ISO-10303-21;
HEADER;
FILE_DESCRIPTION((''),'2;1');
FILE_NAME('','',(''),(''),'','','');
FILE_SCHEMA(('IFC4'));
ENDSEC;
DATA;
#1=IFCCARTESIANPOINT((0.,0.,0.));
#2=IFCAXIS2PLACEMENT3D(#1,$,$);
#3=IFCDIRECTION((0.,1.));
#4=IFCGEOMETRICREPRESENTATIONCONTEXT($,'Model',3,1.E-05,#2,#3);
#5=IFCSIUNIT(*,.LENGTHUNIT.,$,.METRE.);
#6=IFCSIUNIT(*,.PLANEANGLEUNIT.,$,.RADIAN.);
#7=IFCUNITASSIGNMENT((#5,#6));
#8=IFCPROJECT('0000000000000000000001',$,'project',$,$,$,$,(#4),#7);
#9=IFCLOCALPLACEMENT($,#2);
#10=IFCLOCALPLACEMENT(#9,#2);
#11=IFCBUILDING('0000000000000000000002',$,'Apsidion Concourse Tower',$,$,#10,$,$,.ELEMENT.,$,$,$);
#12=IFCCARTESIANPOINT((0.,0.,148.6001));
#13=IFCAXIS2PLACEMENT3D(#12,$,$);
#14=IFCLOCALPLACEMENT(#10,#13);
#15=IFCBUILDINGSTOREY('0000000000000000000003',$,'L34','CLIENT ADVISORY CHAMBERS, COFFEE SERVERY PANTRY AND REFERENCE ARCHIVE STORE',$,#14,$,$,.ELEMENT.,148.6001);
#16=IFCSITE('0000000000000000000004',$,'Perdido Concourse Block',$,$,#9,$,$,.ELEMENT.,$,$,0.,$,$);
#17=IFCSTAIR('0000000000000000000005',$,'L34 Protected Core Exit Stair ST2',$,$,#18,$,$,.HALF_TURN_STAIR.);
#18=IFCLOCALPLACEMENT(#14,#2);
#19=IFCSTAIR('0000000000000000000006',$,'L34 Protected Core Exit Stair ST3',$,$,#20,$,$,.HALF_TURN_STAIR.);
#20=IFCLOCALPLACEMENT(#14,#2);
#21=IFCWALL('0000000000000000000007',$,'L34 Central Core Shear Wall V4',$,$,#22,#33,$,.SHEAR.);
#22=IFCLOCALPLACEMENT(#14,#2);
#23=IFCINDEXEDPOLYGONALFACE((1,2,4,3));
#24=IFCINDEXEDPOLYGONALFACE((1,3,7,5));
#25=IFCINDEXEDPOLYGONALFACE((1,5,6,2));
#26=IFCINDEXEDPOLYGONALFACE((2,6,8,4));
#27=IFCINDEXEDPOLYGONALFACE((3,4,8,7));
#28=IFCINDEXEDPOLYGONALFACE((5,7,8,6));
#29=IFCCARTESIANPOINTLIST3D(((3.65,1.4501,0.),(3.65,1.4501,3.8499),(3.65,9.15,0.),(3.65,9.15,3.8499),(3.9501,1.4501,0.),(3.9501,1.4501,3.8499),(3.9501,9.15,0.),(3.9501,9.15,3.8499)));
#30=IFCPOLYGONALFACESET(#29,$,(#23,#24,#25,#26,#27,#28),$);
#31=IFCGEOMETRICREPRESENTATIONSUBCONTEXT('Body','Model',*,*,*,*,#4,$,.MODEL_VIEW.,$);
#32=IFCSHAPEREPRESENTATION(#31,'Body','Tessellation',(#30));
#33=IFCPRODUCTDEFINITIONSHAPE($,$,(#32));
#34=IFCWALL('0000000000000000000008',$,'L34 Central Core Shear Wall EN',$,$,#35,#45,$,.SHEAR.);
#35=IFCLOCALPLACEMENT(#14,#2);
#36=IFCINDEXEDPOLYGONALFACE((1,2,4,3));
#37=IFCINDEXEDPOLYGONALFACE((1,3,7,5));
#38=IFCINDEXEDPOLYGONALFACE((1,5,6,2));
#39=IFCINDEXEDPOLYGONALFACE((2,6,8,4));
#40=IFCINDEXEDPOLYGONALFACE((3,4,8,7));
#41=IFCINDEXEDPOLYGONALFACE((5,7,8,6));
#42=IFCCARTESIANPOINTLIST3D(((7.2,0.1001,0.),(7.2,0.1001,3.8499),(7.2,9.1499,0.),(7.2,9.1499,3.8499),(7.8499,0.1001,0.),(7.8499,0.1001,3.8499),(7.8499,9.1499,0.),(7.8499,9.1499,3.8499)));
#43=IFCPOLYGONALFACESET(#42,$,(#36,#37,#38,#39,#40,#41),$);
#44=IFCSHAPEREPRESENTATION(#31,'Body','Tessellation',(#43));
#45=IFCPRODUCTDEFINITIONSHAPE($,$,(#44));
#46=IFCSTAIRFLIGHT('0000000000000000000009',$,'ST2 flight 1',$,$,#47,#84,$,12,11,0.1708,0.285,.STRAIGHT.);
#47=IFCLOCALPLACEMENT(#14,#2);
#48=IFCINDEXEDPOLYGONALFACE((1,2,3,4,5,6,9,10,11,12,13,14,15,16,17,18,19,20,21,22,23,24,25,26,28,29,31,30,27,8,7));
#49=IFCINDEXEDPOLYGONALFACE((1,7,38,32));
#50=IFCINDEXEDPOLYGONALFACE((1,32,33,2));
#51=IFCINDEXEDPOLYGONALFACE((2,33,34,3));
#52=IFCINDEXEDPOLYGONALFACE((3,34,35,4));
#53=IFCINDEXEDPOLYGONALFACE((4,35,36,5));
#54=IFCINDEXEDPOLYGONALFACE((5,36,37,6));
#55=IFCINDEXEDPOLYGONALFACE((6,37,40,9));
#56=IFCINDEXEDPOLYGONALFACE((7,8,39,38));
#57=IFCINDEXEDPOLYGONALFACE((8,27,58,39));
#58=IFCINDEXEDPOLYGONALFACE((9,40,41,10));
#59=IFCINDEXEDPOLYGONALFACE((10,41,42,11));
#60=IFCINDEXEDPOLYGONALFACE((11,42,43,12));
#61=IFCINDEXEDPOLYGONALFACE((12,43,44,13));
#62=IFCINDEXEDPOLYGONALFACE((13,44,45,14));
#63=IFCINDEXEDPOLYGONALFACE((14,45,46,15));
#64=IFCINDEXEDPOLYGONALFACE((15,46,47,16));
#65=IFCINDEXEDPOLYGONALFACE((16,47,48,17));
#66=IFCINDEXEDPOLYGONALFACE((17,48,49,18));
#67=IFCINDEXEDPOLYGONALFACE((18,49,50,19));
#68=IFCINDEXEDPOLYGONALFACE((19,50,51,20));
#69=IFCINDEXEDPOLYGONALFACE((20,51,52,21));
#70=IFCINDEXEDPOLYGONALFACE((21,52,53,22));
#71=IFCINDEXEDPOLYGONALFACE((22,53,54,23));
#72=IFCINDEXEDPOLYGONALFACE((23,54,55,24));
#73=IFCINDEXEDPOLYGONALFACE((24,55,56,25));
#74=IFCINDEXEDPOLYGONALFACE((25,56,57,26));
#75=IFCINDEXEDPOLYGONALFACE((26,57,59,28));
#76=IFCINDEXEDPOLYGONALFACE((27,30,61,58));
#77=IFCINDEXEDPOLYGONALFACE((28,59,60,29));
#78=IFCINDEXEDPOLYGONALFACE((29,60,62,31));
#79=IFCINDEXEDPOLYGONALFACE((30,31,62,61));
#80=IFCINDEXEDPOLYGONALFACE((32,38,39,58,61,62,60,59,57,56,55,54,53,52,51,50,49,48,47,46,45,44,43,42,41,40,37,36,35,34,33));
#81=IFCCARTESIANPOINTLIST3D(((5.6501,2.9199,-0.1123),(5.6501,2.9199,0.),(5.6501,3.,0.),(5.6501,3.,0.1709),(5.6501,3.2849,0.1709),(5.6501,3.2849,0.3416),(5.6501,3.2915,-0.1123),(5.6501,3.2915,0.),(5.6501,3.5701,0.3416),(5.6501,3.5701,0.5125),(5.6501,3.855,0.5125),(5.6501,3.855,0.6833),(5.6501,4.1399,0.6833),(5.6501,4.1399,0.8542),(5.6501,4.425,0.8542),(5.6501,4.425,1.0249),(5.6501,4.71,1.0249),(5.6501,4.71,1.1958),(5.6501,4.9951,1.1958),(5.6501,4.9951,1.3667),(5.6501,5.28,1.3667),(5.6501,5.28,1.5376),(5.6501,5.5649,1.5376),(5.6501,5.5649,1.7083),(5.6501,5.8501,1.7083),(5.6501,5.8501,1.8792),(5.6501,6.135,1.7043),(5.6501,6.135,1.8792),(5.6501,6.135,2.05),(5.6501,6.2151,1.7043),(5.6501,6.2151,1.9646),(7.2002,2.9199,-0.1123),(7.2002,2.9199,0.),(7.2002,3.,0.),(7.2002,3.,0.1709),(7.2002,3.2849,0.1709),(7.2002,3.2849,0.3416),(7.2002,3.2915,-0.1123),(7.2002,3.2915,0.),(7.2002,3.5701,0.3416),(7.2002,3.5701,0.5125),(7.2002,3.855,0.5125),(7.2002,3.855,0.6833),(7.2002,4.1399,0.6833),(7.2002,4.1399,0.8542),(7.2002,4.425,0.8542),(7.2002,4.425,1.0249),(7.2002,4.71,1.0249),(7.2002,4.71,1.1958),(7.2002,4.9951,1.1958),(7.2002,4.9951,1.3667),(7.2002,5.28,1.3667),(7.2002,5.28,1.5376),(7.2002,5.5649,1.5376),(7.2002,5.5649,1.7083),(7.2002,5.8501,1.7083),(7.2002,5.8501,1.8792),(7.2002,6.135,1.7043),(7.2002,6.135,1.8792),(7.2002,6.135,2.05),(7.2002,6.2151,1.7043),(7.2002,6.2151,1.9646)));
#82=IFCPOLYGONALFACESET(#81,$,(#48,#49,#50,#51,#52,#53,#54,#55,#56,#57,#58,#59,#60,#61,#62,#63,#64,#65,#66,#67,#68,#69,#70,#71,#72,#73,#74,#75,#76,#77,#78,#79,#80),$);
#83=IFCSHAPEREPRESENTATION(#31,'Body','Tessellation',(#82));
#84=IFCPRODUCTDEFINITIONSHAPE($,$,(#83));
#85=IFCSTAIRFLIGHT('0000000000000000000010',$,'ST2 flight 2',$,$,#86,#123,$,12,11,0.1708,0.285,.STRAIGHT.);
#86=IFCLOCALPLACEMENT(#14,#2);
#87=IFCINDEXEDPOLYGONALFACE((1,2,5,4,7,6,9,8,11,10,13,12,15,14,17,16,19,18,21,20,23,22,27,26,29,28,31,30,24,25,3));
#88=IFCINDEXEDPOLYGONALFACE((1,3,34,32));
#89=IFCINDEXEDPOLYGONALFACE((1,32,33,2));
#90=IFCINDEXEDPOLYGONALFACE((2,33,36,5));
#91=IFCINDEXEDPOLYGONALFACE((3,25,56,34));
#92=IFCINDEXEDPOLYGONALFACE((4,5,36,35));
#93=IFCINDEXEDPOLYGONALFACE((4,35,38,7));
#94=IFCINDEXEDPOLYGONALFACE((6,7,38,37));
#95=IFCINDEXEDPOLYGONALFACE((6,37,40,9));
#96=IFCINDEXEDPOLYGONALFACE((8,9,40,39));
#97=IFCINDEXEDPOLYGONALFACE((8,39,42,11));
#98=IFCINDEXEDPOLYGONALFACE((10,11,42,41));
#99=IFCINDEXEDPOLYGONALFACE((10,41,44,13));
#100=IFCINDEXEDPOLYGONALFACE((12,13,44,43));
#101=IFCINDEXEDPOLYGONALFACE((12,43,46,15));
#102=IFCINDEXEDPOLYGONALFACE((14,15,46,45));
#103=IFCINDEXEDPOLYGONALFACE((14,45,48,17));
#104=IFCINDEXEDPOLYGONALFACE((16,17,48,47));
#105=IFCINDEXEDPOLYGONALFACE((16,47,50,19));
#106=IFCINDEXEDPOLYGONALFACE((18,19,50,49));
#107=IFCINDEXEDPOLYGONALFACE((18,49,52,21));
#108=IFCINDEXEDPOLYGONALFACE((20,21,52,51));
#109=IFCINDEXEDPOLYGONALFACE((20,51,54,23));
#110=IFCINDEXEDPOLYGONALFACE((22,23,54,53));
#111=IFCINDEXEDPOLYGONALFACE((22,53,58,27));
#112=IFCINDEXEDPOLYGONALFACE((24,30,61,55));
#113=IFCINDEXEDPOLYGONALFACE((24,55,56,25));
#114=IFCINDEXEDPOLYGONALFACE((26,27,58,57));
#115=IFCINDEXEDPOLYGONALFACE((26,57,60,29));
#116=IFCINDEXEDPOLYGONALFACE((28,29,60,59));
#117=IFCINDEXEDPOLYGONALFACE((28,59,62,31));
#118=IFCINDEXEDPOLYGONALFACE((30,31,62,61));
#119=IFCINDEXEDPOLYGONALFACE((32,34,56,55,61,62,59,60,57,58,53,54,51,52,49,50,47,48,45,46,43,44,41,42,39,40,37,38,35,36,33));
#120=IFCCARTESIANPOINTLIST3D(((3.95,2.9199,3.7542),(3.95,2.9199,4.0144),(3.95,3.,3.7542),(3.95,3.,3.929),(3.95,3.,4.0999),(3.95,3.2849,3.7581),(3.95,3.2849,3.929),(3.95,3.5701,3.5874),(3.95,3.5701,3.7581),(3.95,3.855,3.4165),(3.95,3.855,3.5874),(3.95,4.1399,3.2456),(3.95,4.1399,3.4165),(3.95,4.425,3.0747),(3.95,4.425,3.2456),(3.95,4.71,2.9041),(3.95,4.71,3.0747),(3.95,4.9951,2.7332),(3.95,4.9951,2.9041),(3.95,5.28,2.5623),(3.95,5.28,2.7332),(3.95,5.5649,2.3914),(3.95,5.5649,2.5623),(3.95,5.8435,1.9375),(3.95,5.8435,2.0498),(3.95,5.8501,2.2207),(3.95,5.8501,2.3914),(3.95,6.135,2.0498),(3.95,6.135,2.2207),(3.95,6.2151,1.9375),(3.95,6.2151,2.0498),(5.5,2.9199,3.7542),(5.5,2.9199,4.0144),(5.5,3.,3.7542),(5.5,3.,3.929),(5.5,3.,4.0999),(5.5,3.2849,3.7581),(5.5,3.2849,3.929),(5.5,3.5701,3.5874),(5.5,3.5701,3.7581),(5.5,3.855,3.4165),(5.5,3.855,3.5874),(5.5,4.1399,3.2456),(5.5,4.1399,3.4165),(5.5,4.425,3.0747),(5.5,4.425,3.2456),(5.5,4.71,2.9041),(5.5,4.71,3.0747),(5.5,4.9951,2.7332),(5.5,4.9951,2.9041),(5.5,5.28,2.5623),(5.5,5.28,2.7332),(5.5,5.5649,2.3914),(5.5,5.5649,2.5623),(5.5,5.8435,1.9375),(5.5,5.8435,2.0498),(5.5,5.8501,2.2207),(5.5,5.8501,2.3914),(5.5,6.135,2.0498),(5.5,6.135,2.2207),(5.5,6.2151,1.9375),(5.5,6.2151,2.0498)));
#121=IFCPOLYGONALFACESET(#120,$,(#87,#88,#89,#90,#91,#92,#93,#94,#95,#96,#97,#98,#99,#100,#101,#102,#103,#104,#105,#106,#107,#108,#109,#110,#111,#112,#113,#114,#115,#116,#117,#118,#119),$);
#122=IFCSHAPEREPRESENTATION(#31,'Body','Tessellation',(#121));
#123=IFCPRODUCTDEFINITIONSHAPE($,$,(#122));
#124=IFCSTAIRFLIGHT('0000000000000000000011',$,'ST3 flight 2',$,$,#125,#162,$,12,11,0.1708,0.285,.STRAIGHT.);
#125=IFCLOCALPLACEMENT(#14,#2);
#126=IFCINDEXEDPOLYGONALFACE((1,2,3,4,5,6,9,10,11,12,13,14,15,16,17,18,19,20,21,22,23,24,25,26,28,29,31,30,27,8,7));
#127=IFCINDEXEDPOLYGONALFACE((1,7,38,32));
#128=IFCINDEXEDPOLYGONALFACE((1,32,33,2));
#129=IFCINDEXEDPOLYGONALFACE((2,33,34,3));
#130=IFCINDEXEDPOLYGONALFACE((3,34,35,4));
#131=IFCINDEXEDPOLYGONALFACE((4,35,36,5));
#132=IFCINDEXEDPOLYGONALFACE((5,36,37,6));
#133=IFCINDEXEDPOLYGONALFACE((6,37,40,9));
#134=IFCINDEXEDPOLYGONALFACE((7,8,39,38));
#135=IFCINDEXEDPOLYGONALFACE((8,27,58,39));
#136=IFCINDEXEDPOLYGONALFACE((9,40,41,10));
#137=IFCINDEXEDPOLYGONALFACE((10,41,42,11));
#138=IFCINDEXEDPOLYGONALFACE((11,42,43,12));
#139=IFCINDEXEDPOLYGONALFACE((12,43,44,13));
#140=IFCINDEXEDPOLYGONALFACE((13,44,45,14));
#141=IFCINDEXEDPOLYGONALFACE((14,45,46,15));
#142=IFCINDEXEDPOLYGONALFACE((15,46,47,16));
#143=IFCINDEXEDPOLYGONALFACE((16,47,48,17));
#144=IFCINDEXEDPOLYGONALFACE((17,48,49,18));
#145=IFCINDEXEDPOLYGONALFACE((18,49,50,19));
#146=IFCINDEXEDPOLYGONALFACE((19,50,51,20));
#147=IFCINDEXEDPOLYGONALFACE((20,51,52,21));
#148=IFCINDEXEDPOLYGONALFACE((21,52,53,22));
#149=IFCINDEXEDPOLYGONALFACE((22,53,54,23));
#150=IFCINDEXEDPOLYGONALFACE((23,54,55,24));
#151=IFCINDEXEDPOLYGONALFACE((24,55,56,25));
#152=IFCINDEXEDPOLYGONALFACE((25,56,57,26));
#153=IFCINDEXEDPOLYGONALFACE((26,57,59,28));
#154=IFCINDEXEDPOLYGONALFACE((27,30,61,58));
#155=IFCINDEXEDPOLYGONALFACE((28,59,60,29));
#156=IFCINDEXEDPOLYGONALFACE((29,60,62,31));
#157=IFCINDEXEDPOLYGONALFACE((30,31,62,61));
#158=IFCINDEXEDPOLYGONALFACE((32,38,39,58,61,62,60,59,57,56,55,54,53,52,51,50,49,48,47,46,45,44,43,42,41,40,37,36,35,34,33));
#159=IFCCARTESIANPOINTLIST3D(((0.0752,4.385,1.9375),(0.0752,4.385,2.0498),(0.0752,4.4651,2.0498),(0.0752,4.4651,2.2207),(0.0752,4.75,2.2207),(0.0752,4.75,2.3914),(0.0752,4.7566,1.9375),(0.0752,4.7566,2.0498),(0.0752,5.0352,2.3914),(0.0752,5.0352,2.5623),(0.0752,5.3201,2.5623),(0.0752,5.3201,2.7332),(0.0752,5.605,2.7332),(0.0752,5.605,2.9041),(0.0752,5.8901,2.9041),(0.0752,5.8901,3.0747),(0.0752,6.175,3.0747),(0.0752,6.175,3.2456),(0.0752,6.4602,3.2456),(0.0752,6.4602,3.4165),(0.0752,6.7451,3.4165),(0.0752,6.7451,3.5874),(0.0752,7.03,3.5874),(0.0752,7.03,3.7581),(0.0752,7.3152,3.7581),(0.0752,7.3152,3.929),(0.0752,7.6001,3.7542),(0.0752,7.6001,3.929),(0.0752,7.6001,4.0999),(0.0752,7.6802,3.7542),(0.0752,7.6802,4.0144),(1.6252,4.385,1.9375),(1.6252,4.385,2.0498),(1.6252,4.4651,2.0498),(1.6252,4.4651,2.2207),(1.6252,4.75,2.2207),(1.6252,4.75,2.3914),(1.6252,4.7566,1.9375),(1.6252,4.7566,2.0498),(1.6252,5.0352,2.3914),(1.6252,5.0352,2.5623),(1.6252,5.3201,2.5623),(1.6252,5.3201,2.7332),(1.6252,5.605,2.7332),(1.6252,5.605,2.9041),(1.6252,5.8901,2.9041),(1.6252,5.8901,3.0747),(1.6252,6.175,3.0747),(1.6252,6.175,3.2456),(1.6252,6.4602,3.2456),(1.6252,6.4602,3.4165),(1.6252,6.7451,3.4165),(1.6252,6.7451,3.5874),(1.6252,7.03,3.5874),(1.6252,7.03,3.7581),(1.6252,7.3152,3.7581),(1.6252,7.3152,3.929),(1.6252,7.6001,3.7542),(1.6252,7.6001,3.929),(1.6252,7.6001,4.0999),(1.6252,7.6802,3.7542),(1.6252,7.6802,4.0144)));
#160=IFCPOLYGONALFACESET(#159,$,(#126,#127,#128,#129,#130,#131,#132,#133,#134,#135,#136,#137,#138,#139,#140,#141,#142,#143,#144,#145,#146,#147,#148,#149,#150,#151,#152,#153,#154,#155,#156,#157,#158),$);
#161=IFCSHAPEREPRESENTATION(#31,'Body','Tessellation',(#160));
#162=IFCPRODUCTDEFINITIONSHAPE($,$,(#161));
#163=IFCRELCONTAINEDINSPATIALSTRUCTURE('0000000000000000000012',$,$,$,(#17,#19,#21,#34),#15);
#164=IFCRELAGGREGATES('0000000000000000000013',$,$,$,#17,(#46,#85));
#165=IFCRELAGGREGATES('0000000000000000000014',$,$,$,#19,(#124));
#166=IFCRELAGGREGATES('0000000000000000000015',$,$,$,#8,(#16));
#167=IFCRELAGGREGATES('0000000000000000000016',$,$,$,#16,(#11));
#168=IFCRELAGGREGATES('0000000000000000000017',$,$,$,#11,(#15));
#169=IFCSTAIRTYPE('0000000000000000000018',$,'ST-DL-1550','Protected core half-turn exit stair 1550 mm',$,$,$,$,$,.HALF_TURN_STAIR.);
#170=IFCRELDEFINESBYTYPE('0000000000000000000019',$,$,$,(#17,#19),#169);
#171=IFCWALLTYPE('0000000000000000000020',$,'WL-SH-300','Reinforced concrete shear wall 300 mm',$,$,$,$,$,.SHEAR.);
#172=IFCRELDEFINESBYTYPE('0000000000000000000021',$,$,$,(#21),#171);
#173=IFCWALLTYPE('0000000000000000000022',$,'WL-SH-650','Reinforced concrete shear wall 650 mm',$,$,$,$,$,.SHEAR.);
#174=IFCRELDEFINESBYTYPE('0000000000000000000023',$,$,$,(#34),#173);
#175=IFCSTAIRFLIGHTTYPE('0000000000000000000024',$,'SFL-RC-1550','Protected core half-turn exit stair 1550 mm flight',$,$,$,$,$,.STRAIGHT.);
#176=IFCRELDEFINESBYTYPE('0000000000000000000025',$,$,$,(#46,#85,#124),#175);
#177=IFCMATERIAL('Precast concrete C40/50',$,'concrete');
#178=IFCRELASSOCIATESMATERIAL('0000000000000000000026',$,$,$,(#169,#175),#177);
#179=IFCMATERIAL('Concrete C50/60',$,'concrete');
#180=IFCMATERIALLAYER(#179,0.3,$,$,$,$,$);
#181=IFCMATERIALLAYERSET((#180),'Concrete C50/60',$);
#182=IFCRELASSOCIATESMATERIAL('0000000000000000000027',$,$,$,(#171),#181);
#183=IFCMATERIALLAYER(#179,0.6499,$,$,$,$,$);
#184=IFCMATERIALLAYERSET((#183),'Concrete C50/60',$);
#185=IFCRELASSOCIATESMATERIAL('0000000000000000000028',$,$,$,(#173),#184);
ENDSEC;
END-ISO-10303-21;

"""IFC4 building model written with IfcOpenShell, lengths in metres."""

from ifc_helpers import new_model, si_unit, direction, frame, frame_2d, origin, place, context, subcontext, project, spatial, polyline, rectangle, outline, extrude, material, layer, layer_set, type_object, element, aggregate, save


model = new_model("IFC4")

# Units and contexts
model_context = context("Model", 3, precision=1e-05, world=origin(), true_north=direction((0.0, 1.0)))
body_context = subcontext(model_context, "Body", "Model", "MODEL_VIEW")
ifc_project = project(units=[si_unit("LENGTHUNIT", "METRE"), si_unit("PLANEANGLEUNIT", "RADIAN")], contexts=[model_context])

# Site, building, storey
site_placement = place(None, origin())
site = spatial("IfcSite", under=ifc_project, at=site_placement, Name="Perdido Concourse Block", CompositionType="ELEMENT", RefElevation=0.0)
building_placement = place(site_placement, origin())
building = spatial("IfcBuilding", under=site, at=building_placement, Name="Apsidion Concourse Tower", CompositionType="ELEMENT")
storey_placement = place(building_placement, frame((0.0, 0.0, 148.6001)))
storey = spatial("IfcBuildingStorey", under=building, at=storey_placement, Name="L34", Description="CLIENT ADVISORY CHAMBERS, COFFEE SERVERY PANTRY AND REFERENCE ARCHIVE STORE", CompositionType="ELEMENT", Elevation=148.6001)

# Shared definitions
ifc_material_1 = material(Name="Concrete C50/60", Category="concrete")

# Stairs
ifc_material_2 = material(Name="Precast concrete C40/50", Category="concrete")
stair_type = type_object("IfcStairType", Name="ST-DL-1550", Description="Protected core half-turn exit stair 1550 mm", PredefinedType="HALF_TURN_STAIR", material=ifc_material_2)
stair_1_placement = place(storey_placement, origin())
stair_1 = element("IfcStair", 1, at=stair_1_placement, inside=storey, type_object=stair_type, Name="L34 Protected Core Exit Stair ST2", PredefinedType="HALF_TURN_STAIR")
stair_2_placement = place(storey_placement, origin())
stair_2 = element("IfcStair", 2, at=stair_2_placement, inside=storey, type_object=stair_type, Name="L34 Protected Core Exit Stair ST3", PredefinedType="HALF_TURN_STAIR")

# Walls
ifc_layer_1 = layer(ifc_material_1, 0.3)
ifc_layer_set_1 = layer_set([ifc_layer_1], Name="Concrete C50/60")
wall_type_1 = type_object("IfcWallType", Name="WL-SH-300", Description="Reinforced concrete shear wall 300 mm", PredefinedType="SHEAR", material=ifc_layer_set_1)
for number, where, z_axis, x_axis, name in (
    (3, (3.8, 1.45, 0.0), (0.0, 0.0, 1.0), (0.0, 1.0, 0.0), "L34 Central Core Shear Wall V4"),
):
    element("IfcWall", number, at=place(storey_placement, frame(where, z_axis=z_axis, x_axis=x_axis)), inside=storey, type_object=wall_type_1, Name=name, PredefinedType="SHEAR", context=body_context, shape_type="SweptSolid", body=[
        extrude(rectangle(XDim=7.7, YDim=0.3, at=frame_2d((3.8501, 0.0))), origin(), (0.0, 0.0, 1.0), 3.8499),
    ])
ifc_layer_2 = layer(ifc_material_1, 0.6499)
ifc_layer_set_2 = layer_set([ifc_layer_2], Name="Concrete C50/60")
wall_type_2 = type_object("IfcWallType", Name="WL-SH-650", Description="Reinforced concrete shear wall 650 mm", PredefinedType="SHEAR", material=ifc_layer_set_2)
wall_1_placement = place(storey_placement, frame((7.5249, 0.1001, 0.0), z_axis=(0.0, 0.0, 1.0), x_axis=(0.0, 1.0, 0.0)))
element("IfcWall", 4, at=wall_1_placement, inside=storey, type_object=wall_type_2, Name="L34 Central Core Shear Wall EN", PredefinedType="SHEAR", context=body_context, shape_type="SweptSolid", body=[
    extrude(rectangle(XDim=9.0498, YDim=0.6499, at=frame_2d((4.5249, 0.0))), origin(), (0.0, 0.0, 1.0), 3.8499),
])

# Stair flights
stair_flight_type = type_object("IfcStairFlightType", Name="SFL-RC-1550", Description="Protected core half-turn exit stair 1550 mm flight", PredefinedType="STRAIGHT", material=ifc_material_2)
stair_flight_1_placement = place(storey_placement, frame((6.425, 3.0, 0.0), z_axis=(0.0, 0.0, 1.0), x_axis=(0.0, 1.0, 0.0)))
stair_flight_1 = element("IfcStairFlight", 5, at=stair_flight_1_placement, type_object=stair_flight_type, Name="ST2 flight 1", NumberOfRisers=12, NumberOfTreads=11, PredefinedType="STRAIGHT", RiserHeight=0.1708, TreadLength=0.285, context=body_context, shape_type="SweptSolid", body=[
    extrude(outline(polyline([(-0.0801, -0.1123), (-0.0801, 0.0), (0.0, 0.0), (0.0, 0.1709), (0.2849, 0.1709), (0.2849, 0.3416), (0.5701, 0.3416), (0.5701, 0.5125), (0.855, 0.5125), (0.855, 0.6833), (1.1399, 0.6833), (1.1399, 0.8542), (1.425, 0.8542), (1.425, 1.0249), (1.71, 1.0249), (1.71, 1.1958), (1.9951, 1.1958), (1.9951, 1.3667), (2.28, 1.3667), (2.28, 1.5376), (2.5649, 1.5376), (2.5649, 1.7083), (2.8501, 1.7083), (2.8501, 1.8792), (3.135, 1.8792), (3.135, 2.05), (3.2151, 1.9646), (3.2151, 1.7043), (3.135, 1.7043), (0.2915, 0.0), (0.2915, -0.1123), (-0.0801, -0.1123)])), frame((0.0, 0.7749, 0.0), z_axis=(0.0, -1.0, 0.0), x_axis=(1.0, 0.0, 0.0)), (0.0, 0.0, 1.0), 1.55),
])
stair_flight_2_placement = place(storey_placement, frame((4.7251, 6.135, 2.0498), z_axis=(0.0, 0.0, 1.0), x_axis=(0.0, -1.0, 0.0)))
stair_flight_2 = element("IfcStairFlight", 6, at=stair_flight_2_placement, type_object=stair_flight_type, Name="ST2 flight 2", NumberOfRisers=12, NumberOfTreads=11, PredefinedType="STRAIGHT", RiserHeight=0.1708, TreadLength=0.285, context=body_context, shape_type="SweptSolid", body=[
    extrude(outline(polyline([(-0.0801, -0.1123), (-0.0801, 0.0), (0.0, 0.0), (0.0, 0.1709), (0.2849, 0.1709), (0.2849, 0.3416), (0.5701, 0.3416), (0.5701, 0.5125), (0.855, 0.5125), (0.855, 0.6833), (1.1399, 0.6833), (1.1399, 0.8542), (1.425, 0.8542), (1.425, 1.0249), (1.71, 1.0249), (1.71, 1.1958), (1.9951, 1.1958), (1.9951, 1.3667), (2.28, 1.3667), (2.28, 1.5376), (2.5649, 1.5376), (2.5649, 1.7083), (2.8501, 1.7083), (2.8501, 1.8792), (3.135, 1.8792), (3.135, 2.05), (3.2151, 1.9646), (3.2151, 1.7043), (3.135, 1.7043), (0.2915, 0.0), (0.2915, -0.1123), (-0.0801, -0.1123)])), frame((0.0, 0.7749, 0.0), z_axis=(0.0, -1.0, 0.0), x_axis=(1.0, 0.0, 0.0)), (0.0, 0.0, 1.0), 1.55),
])
aggregate(stair_1, [stair_flight_1, stair_flight_2])
stair_flight_3_placement = place(storey_placement, frame((0.8501, 4.4651, 2.0498), z_axis=(0.0, 0.0, 1.0), x_axis=(0.0, 1.0, 0.0)))
stair_flight_3 = element("IfcStairFlight", 7, at=stair_flight_3_placement, type_object=stair_flight_type, Name="ST3 flight 2", NumberOfRisers=12, NumberOfTreads=11, PredefinedType="STRAIGHT", RiserHeight=0.1708, TreadLength=0.285, context=body_context, shape_type="SweptSolid", body=[
    extrude(outline(polyline([(-0.0801, -0.1123), (-0.0801, 0.0), (0.0, 0.0), (0.0, 0.1709), (0.2849, 0.1709), (0.2849, 0.3416), (0.5701, 0.3416), (0.5701, 0.5125), (0.855, 0.5125), (0.855, 0.6833), (1.1399, 0.6833), (1.1399, 0.8542), (1.425, 0.8542), (1.425, 1.0249), (1.71, 1.0249), (1.71, 1.1958), (1.9951, 1.1958), (1.9951, 1.3667), (2.28, 1.3667), (2.28, 1.5376), (2.5649, 1.5376), (2.5649, 1.7083), (2.8501, 1.7083), (2.8501, 1.8792), (3.135, 1.8792), (3.135, 2.05), (3.2151, 1.9646), (3.2151, 1.7043), (3.135, 1.7043), (0.2915, 0.0), (0.2915, -0.1123), (-0.0801, -0.1123)])), frame((0.0, 0.7749, 0.0), z_axis=(0.0, -1.0, 0.0), x_axis=(1.0, 0.0, 0.0)), (0.0, 0.0, 1.0), 1.55),
])
aggregate(stair_2, [stair_flight_3])

save(model, "model.ifc")
